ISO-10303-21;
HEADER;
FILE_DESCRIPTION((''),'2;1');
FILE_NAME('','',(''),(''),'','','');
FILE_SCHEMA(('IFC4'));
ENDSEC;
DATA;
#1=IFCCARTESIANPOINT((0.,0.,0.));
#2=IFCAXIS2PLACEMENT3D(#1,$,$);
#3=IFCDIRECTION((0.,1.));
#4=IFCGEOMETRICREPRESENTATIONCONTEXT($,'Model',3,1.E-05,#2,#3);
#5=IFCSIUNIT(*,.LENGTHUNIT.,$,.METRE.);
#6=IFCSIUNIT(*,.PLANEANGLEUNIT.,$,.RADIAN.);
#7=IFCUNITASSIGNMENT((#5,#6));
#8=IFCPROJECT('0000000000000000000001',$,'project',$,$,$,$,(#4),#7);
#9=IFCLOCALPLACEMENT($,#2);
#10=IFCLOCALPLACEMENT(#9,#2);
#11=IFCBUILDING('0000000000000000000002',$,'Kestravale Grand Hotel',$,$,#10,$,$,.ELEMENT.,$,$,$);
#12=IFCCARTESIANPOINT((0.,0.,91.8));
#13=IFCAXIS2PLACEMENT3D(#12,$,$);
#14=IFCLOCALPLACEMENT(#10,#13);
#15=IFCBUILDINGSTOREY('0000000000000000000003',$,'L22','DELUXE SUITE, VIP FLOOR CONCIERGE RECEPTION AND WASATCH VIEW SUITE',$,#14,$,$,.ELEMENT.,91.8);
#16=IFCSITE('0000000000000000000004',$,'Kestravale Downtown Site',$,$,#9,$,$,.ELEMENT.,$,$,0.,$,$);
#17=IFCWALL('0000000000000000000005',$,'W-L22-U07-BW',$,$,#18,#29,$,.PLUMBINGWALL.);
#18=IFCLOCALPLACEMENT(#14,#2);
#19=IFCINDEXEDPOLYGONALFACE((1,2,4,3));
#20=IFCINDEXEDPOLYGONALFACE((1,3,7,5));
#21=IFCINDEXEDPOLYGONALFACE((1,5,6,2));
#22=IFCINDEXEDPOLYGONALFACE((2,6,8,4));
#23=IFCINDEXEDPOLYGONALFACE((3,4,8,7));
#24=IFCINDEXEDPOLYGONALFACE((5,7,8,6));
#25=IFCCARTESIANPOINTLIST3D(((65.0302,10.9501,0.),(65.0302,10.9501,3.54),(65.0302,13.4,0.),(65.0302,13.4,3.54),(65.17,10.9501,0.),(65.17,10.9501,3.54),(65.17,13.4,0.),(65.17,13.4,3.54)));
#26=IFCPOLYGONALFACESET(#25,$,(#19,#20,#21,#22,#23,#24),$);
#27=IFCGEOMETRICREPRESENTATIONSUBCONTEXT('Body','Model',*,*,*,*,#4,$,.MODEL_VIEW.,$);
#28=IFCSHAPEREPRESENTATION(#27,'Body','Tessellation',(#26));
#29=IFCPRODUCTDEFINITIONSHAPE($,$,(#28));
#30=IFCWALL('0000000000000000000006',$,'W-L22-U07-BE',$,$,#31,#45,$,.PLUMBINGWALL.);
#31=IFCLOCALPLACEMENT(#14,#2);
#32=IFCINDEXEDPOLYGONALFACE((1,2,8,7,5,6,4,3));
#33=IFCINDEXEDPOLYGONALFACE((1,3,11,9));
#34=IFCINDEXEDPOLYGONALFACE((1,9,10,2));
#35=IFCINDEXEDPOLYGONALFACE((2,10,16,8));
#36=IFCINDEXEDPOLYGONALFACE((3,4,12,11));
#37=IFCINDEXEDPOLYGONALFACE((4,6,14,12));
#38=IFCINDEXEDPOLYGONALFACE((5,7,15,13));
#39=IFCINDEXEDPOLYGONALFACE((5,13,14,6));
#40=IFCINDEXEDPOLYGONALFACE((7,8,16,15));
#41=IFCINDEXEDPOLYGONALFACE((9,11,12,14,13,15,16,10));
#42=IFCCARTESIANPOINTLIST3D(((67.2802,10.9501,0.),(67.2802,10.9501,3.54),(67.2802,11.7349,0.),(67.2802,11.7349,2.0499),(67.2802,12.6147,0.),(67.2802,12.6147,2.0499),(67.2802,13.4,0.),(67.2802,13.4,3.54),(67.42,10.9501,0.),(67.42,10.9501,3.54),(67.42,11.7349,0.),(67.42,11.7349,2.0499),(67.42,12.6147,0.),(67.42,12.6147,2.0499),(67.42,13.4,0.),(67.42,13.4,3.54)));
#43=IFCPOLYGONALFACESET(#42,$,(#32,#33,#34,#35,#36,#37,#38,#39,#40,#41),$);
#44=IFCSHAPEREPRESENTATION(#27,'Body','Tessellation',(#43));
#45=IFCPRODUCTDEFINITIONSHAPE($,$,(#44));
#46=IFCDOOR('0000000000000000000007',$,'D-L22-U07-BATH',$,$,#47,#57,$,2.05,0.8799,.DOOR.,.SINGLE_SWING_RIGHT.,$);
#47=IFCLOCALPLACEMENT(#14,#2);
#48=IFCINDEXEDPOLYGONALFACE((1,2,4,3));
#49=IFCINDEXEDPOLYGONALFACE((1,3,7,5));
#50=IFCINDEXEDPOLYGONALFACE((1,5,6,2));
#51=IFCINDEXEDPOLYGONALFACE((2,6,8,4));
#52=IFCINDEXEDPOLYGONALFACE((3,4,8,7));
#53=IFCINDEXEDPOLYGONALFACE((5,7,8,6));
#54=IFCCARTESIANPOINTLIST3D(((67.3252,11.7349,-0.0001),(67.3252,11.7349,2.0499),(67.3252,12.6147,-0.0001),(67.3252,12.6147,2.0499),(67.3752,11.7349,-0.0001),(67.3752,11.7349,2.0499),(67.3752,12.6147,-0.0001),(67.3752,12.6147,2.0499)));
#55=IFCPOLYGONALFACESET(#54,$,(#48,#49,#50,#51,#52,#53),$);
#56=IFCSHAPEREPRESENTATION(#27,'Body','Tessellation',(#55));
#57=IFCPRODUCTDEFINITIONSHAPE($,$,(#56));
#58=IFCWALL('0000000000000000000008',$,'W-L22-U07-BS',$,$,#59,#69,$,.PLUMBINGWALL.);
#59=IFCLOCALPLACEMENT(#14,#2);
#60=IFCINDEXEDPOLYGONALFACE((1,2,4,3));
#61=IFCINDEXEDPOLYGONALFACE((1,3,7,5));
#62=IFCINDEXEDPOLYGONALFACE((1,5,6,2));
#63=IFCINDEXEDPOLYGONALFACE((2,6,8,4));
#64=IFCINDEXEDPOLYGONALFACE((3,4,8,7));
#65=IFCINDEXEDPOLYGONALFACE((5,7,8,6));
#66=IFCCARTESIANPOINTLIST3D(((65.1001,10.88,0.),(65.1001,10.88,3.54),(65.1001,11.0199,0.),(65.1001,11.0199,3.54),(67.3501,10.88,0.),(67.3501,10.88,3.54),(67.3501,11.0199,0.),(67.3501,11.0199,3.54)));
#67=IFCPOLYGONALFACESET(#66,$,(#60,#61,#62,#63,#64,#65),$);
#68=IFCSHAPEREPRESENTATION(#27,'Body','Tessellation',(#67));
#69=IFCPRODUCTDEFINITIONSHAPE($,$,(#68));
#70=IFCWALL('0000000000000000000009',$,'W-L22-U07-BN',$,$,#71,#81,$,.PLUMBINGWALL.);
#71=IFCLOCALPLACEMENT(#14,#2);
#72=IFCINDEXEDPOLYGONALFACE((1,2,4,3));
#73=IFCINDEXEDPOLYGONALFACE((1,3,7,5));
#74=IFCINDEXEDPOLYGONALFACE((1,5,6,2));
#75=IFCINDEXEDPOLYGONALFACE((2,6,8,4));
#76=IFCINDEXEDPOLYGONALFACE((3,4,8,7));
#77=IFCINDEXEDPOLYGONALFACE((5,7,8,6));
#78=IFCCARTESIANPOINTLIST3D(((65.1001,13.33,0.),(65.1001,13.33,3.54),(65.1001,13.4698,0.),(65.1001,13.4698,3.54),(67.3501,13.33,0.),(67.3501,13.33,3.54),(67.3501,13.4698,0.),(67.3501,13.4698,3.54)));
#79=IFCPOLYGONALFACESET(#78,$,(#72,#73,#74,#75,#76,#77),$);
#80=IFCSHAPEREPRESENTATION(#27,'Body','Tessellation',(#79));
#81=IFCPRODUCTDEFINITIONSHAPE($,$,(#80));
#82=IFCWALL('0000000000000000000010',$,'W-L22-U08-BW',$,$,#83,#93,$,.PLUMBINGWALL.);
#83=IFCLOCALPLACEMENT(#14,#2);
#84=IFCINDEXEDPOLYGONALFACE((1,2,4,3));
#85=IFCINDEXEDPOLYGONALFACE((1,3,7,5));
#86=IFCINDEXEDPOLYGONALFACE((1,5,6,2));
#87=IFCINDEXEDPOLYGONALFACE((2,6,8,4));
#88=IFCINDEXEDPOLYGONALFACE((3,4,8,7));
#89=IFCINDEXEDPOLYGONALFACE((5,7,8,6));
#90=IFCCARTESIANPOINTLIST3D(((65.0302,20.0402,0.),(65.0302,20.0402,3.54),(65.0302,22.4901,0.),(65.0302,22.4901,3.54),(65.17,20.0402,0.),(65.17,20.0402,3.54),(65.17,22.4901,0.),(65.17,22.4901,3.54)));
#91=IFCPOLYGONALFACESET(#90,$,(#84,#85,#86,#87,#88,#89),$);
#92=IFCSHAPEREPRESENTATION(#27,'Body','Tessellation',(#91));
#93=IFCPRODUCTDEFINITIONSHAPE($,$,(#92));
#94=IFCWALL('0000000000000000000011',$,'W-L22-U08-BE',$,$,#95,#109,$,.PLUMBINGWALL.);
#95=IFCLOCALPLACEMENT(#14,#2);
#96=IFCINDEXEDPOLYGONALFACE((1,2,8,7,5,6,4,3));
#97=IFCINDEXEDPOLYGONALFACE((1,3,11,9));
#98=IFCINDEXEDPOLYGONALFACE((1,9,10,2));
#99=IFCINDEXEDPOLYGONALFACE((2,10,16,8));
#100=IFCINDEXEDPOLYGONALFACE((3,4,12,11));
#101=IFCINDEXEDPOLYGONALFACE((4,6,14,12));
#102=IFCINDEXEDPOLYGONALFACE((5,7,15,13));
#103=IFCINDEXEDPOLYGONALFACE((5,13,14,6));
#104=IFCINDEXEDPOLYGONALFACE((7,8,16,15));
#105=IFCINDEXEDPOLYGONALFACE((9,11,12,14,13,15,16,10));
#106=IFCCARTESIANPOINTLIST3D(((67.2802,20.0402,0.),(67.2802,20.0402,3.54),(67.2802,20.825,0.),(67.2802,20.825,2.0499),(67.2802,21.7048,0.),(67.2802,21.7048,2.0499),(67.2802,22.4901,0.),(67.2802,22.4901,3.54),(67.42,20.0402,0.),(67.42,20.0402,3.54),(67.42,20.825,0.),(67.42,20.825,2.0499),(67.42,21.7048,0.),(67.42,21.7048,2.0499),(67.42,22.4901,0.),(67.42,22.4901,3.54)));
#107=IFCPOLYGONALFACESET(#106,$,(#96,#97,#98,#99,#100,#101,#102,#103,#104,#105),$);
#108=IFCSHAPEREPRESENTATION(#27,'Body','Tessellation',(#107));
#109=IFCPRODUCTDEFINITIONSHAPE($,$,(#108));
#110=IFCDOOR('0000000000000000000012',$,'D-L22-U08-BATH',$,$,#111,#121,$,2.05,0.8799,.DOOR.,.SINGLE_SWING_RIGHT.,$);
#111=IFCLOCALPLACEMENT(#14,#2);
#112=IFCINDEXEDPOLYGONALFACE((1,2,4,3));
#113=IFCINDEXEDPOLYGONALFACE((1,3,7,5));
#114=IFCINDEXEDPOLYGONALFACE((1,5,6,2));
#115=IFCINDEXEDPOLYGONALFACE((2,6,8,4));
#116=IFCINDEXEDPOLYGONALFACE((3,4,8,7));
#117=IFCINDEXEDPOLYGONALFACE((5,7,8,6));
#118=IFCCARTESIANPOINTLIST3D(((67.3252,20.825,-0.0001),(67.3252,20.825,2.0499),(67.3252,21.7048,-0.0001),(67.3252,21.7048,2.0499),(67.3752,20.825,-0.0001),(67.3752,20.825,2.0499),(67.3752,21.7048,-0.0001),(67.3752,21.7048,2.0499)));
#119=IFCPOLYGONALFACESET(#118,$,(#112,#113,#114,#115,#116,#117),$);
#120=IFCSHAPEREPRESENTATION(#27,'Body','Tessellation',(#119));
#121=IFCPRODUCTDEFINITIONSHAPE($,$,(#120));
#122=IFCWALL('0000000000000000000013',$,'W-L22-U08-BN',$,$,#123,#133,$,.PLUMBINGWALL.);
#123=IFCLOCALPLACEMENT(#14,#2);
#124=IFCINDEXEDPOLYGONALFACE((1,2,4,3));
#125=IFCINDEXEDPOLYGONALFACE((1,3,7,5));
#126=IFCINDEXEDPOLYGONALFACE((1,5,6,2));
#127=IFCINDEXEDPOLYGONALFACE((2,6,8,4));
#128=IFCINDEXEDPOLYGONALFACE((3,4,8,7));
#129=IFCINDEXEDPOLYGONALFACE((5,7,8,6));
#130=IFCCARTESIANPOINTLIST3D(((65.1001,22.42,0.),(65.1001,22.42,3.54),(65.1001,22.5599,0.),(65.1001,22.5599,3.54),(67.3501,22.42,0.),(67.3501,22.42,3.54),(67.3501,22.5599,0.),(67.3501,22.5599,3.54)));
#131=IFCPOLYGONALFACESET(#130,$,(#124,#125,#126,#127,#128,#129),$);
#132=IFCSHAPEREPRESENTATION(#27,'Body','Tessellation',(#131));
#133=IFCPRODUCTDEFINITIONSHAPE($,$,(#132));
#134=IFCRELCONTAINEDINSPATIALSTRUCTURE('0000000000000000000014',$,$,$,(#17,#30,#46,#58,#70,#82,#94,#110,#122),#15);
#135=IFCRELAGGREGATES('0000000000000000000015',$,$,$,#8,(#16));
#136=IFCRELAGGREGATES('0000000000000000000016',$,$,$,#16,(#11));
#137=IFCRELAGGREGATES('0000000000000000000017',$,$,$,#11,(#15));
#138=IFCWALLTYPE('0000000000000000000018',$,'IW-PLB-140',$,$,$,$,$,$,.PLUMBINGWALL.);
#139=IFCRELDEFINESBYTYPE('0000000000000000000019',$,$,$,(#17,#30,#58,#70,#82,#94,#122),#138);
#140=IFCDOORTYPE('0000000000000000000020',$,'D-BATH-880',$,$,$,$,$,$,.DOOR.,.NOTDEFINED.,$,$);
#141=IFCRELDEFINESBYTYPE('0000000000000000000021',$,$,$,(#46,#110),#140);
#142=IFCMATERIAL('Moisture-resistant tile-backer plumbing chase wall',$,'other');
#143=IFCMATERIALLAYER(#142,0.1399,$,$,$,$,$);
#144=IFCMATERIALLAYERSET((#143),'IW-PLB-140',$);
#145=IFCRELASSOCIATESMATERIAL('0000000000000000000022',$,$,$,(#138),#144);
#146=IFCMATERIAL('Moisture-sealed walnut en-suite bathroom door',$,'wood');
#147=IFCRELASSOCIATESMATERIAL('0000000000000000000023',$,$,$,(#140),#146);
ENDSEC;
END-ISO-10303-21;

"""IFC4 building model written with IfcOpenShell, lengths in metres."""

from ifc_helpers import new_model, si_unit, direction, frame, frame_2d, origin, place, context, subcontext, project, spatial, rectangle, extrude, material, layer, layer_set, type_object, element, fill, save


model = new_model("IFC4")

# Units and contexts
model_context = context("Model", 3, precision=1e-05, world=origin(), true_north=direction((0.0, 1.0)))
body_context = subcontext(model_context, "Body", "Model", "MODEL_VIEW")
ifc_project = project(units=[si_unit("LENGTHUNIT", "METRE"), si_unit("PLANEANGLEUNIT", "RADIAN")], contexts=[model_context])

# Site, building, storey
site_placement = place(None, origin())
site = spatial("IfcSite", under=ifc_project, at=site_placement, Name="Kestravale Downtown Site", CompositionType="ELEMENT", RefElevation=0.0)
building_placement = place(site_placement, origin())
building = spatial("IfcBuilding", under=site, at=building_placement, Name="Kestravale Grand Hotel", CompositionType="ELEMENT")
storey_placement = place(building_placement, frame((0.0, 0.0, 91.8)))
storey = spatial("IfcBuildingStorey", under=building, at=storey_placement, Name="L22", Description="DELUXE SUITE, VIP FLOOR CONCIERGE RECEPTION AND WASATCH VIEW SUITE", CompositionType="ELEMENT", Elevation=91.8)

# Wall
ifc_material_1 = material(Name="Moisture-resistant tile-backer plumbing chase wall", Category="other")
ifc_layer_1 = layer(ifc_material_1, 0.1399)
ifc_layer_set_1 = layer_set([ifc_layer_1], Name="IW-PLB-140")
wall_type_1 = type_object("IfcWallType", Name="IW-PLB-140", PredefinedType="PLUMBINGWALL", material=ifc_layer_set_1)
wall_1_placement = place(storey_placement, frame((65.1001, 10.95, 0.0), z_axis=(0.0, 0.0, 1.0), x_axis=(0.0, 1.0, 0.0)))
element("IfcWall", 1, at=wall_1_placement, inside=storey, type_object=wall_type_1, Name="W-L22-U07-BW", PredefinedType="PLUMBINGWALL", context=body_context, shape_type="SweptSolid", body=[
    extrude(rectangle(XDim=2.45, YDim=0.1399, at=frame_2d((1.2251, 0.0))), origin(), (0.0, 0.0, 1.0), 3.54),
])

# Wall, opening, door
wall_2_placement = place(storey_placement, frame((67.3501, 10.95, 0.0), z_axis=(0.0, 0.0, 1.0), x_axis=(0.0, 1.0, 0.0)))
wall_2 = element("IfcWall", 2, at=wall_2_placement, inside=storey, type_object=wall_type_1, Name="W-L22-U07-BE", PredefinedType="PLUMBINGWALL", context=body_context, shape_type="SweptSolid", body=[
    extrude(rectangle(XDim=2.45, YDim=0.1399, at=frame_2d((1.2251, 0.0))), origin(), (0.0, 0.0, 1.0), 3.54),
])
opening_1_placement = place(wall_2_placement, frame((0.7849, 0.0, 0.0)))
opening_1 = element("IfcOpeningElement", 3, at=opening_1_placement, cuts=wall_2, PredefinedType="OPENING", context=body_context, shape_type="SweptSolid", body=[
    extrude(rectangle(XDim=0.8799, YDim=2.05, at=frame_2d((0.4399, 1.0249))), frame((0.0, 0.0798, 0.0), z_axis=(0.0, -1.0, 0.0), x_axis=(1.0, 0.0, 0.0)), (0.0, 0.0, 1.0), 0.1599),
])
ifc_material_2 = material(Name="Moisture-sealed walnut en-suite bathroom door", Category="wood")
door_type = type_object("IfcDoorType", Name="D-BATH-880", OperationType="NOTDEFINED", PredefinedType="DOOR", material=ifc_material_2)
door_1_placement = place(opening_1_placement, origin())
door_1 = element("IfcDoor", 4, at=door_1_placement, inside=storey, type_object=door_type, Name="D-L22-U07-BATH", OperationType="SINGLE_SWING_RIGHT", OverallHeight=2.05, OverallWidth=0.8799, PredefinedType="DOOR", context=body_context, shape_type="SweptSolid", body=[
    extrude(rectangle(XDim=0.8799, YDim=2.05, at=frame_2d((0.4399, 1.0249))), frame((0.0, 0.0249, 0.0), z_axis=(0.0, -1.0, 0.0), x_axis=(1.0, 0.0, 0.0)), (0.0, 0.0, 1.0), 0.05),
])
fill(opening_1, door_1)

# Walls
for number, where, z_axis, x_axis, name in (
    (5, (65.1001, 10.95, 0.0), (0.0, 0.0, 1.0), (1.0, 0.0, 0.0), "W-L22-U07-BS"),
    (6, (65.1001, 13.3999, 0.0), (0.0, 0.0, 1.0), (1.0, 0.0, 0.0), "W-L22-U07-BN"),
):
    element("IfcWall", number, at=place(storey_placement, frame(where, z_axis=z_axis, x_axis=x_axis)), inside=storey, type_object=wall_type_1, Name=name, PredefinedType="PLUMBINGWALL", context=body_context, shape_type="SweptSolid", body=[
        extrude(rectangle(XDim=2.25, YDim=0.1399, at=frame_2d((1.125, 0.0))), origin(), (0.0, 0.0, 1.0), 3.54),
    ])
wall_3_placement = place(storey_placement, frame((65.1001, 20.04, 0.0), z_axis=(0.0, 0.0, 1.0), x_axis=(0.0, 1.0, 0.0)))
element("IfcWall", 7, at=wall_3_placement, inside=storey, type_object=wall_type_1, Name="W-L22-U08-BW", PredefinedType="PLUMBINGWALL", context=body_context, shape_type="SweptSolid", body=[
    extrude(rectangle(XDim=2.45, YDim=0.1399, at=frame_2d((1.2251, 0.0))), origin(), (0.0, 0.0, 1.0), 3.54),
])

# Wall, opening, door
wall_4_placement = place(storey_placement, frame((67.3501, 20.04, 0.0), z_axis=(0.0, 0.0, 1.0), x_axis=(0.0, 1.0, 0.0)))
wall_4 = element("IfcWall", 8, at=wall_4_placement, inside=storey, type_object=wall_type_1, Name="W-L22-U08-BE", PredefinedType="PLUMBINGWALL", context=body_context, shape_type="SweptSolid", body=[
    extrude(rectangle(XDim=2.45, YDim=0.1399, at=frame_2d((1.2251, 0.0))), origin(), (0.0, 0.0, 1.0), 3.54),
])
opening_2_placement = place(wall_4_placement, frame((0.7849, 0.0, 0.0)))
opening_2 = element("IfcOpeningElement", 9, at=opening_2_placement, cuts=wall_4, PredefinedType="OPENING", context=body_context, shape_type="SweptSolid", body=[
    extrude(rectangle(XDim=0.8799, YDim=2.05, at=frame_2d((0.4399, 1.0249))), frame((0.0, 0.0798, 0.0), z_axis=(0.0, -1.0, 0.0), x_axis=(1.0, 0.0, 0.0)), (0.0, 0.0, 1.0), 0.1599),
])
door_2_placement = place(opening_2_placement, origin())
door_2 = element("IfcDoor", 10, at=door_2_placement, inside=storey, type_object=door_type, Name="D-L22-U08-BATH", OperationType="SINGLE_SWING_RIGHT", OverallHeight=2.05, OverallWidth=0.8799, PredefinedType="DOOR", context=body_context, shape_type="SweptSolid", body=[
    extrude(rectangle(XDim=0.8799, YDim=2.05, at=frame_2d((0.4399, 1.0249))), frame((0.0, 0.0249, 0.0), z_axis=(0.0, -1.0, 0.0), x_axis=(1.0, 0.0, 0.0)), (0.0, 0.0, 1.0), 0.05),
])
fill(opening_2, door_2)

# Wall
wall_5_placement = place(storey_placement, frame((65.1001, 22.49, 0.0), z_axis=(0.0, 0.0, 1.0), x_axis=(1.0, 0.0, 0.0)))
element("IfcWall", 11, at=wall_5_placement, inside=storey, type_object=wall_type_1, Name="W-L22-U08-BN", PredefinedType="PLUMBINGWALL", context=body_context, shape_type="SweptSolid", body=[
    extrude(rectangle(XDim=2.25, YDim=0.1399, at=frame_2d((1.125, 0.0))), origin(), (0.0, 0.0, 1.0), 3.54),
])

save(model, "model.ifc")
